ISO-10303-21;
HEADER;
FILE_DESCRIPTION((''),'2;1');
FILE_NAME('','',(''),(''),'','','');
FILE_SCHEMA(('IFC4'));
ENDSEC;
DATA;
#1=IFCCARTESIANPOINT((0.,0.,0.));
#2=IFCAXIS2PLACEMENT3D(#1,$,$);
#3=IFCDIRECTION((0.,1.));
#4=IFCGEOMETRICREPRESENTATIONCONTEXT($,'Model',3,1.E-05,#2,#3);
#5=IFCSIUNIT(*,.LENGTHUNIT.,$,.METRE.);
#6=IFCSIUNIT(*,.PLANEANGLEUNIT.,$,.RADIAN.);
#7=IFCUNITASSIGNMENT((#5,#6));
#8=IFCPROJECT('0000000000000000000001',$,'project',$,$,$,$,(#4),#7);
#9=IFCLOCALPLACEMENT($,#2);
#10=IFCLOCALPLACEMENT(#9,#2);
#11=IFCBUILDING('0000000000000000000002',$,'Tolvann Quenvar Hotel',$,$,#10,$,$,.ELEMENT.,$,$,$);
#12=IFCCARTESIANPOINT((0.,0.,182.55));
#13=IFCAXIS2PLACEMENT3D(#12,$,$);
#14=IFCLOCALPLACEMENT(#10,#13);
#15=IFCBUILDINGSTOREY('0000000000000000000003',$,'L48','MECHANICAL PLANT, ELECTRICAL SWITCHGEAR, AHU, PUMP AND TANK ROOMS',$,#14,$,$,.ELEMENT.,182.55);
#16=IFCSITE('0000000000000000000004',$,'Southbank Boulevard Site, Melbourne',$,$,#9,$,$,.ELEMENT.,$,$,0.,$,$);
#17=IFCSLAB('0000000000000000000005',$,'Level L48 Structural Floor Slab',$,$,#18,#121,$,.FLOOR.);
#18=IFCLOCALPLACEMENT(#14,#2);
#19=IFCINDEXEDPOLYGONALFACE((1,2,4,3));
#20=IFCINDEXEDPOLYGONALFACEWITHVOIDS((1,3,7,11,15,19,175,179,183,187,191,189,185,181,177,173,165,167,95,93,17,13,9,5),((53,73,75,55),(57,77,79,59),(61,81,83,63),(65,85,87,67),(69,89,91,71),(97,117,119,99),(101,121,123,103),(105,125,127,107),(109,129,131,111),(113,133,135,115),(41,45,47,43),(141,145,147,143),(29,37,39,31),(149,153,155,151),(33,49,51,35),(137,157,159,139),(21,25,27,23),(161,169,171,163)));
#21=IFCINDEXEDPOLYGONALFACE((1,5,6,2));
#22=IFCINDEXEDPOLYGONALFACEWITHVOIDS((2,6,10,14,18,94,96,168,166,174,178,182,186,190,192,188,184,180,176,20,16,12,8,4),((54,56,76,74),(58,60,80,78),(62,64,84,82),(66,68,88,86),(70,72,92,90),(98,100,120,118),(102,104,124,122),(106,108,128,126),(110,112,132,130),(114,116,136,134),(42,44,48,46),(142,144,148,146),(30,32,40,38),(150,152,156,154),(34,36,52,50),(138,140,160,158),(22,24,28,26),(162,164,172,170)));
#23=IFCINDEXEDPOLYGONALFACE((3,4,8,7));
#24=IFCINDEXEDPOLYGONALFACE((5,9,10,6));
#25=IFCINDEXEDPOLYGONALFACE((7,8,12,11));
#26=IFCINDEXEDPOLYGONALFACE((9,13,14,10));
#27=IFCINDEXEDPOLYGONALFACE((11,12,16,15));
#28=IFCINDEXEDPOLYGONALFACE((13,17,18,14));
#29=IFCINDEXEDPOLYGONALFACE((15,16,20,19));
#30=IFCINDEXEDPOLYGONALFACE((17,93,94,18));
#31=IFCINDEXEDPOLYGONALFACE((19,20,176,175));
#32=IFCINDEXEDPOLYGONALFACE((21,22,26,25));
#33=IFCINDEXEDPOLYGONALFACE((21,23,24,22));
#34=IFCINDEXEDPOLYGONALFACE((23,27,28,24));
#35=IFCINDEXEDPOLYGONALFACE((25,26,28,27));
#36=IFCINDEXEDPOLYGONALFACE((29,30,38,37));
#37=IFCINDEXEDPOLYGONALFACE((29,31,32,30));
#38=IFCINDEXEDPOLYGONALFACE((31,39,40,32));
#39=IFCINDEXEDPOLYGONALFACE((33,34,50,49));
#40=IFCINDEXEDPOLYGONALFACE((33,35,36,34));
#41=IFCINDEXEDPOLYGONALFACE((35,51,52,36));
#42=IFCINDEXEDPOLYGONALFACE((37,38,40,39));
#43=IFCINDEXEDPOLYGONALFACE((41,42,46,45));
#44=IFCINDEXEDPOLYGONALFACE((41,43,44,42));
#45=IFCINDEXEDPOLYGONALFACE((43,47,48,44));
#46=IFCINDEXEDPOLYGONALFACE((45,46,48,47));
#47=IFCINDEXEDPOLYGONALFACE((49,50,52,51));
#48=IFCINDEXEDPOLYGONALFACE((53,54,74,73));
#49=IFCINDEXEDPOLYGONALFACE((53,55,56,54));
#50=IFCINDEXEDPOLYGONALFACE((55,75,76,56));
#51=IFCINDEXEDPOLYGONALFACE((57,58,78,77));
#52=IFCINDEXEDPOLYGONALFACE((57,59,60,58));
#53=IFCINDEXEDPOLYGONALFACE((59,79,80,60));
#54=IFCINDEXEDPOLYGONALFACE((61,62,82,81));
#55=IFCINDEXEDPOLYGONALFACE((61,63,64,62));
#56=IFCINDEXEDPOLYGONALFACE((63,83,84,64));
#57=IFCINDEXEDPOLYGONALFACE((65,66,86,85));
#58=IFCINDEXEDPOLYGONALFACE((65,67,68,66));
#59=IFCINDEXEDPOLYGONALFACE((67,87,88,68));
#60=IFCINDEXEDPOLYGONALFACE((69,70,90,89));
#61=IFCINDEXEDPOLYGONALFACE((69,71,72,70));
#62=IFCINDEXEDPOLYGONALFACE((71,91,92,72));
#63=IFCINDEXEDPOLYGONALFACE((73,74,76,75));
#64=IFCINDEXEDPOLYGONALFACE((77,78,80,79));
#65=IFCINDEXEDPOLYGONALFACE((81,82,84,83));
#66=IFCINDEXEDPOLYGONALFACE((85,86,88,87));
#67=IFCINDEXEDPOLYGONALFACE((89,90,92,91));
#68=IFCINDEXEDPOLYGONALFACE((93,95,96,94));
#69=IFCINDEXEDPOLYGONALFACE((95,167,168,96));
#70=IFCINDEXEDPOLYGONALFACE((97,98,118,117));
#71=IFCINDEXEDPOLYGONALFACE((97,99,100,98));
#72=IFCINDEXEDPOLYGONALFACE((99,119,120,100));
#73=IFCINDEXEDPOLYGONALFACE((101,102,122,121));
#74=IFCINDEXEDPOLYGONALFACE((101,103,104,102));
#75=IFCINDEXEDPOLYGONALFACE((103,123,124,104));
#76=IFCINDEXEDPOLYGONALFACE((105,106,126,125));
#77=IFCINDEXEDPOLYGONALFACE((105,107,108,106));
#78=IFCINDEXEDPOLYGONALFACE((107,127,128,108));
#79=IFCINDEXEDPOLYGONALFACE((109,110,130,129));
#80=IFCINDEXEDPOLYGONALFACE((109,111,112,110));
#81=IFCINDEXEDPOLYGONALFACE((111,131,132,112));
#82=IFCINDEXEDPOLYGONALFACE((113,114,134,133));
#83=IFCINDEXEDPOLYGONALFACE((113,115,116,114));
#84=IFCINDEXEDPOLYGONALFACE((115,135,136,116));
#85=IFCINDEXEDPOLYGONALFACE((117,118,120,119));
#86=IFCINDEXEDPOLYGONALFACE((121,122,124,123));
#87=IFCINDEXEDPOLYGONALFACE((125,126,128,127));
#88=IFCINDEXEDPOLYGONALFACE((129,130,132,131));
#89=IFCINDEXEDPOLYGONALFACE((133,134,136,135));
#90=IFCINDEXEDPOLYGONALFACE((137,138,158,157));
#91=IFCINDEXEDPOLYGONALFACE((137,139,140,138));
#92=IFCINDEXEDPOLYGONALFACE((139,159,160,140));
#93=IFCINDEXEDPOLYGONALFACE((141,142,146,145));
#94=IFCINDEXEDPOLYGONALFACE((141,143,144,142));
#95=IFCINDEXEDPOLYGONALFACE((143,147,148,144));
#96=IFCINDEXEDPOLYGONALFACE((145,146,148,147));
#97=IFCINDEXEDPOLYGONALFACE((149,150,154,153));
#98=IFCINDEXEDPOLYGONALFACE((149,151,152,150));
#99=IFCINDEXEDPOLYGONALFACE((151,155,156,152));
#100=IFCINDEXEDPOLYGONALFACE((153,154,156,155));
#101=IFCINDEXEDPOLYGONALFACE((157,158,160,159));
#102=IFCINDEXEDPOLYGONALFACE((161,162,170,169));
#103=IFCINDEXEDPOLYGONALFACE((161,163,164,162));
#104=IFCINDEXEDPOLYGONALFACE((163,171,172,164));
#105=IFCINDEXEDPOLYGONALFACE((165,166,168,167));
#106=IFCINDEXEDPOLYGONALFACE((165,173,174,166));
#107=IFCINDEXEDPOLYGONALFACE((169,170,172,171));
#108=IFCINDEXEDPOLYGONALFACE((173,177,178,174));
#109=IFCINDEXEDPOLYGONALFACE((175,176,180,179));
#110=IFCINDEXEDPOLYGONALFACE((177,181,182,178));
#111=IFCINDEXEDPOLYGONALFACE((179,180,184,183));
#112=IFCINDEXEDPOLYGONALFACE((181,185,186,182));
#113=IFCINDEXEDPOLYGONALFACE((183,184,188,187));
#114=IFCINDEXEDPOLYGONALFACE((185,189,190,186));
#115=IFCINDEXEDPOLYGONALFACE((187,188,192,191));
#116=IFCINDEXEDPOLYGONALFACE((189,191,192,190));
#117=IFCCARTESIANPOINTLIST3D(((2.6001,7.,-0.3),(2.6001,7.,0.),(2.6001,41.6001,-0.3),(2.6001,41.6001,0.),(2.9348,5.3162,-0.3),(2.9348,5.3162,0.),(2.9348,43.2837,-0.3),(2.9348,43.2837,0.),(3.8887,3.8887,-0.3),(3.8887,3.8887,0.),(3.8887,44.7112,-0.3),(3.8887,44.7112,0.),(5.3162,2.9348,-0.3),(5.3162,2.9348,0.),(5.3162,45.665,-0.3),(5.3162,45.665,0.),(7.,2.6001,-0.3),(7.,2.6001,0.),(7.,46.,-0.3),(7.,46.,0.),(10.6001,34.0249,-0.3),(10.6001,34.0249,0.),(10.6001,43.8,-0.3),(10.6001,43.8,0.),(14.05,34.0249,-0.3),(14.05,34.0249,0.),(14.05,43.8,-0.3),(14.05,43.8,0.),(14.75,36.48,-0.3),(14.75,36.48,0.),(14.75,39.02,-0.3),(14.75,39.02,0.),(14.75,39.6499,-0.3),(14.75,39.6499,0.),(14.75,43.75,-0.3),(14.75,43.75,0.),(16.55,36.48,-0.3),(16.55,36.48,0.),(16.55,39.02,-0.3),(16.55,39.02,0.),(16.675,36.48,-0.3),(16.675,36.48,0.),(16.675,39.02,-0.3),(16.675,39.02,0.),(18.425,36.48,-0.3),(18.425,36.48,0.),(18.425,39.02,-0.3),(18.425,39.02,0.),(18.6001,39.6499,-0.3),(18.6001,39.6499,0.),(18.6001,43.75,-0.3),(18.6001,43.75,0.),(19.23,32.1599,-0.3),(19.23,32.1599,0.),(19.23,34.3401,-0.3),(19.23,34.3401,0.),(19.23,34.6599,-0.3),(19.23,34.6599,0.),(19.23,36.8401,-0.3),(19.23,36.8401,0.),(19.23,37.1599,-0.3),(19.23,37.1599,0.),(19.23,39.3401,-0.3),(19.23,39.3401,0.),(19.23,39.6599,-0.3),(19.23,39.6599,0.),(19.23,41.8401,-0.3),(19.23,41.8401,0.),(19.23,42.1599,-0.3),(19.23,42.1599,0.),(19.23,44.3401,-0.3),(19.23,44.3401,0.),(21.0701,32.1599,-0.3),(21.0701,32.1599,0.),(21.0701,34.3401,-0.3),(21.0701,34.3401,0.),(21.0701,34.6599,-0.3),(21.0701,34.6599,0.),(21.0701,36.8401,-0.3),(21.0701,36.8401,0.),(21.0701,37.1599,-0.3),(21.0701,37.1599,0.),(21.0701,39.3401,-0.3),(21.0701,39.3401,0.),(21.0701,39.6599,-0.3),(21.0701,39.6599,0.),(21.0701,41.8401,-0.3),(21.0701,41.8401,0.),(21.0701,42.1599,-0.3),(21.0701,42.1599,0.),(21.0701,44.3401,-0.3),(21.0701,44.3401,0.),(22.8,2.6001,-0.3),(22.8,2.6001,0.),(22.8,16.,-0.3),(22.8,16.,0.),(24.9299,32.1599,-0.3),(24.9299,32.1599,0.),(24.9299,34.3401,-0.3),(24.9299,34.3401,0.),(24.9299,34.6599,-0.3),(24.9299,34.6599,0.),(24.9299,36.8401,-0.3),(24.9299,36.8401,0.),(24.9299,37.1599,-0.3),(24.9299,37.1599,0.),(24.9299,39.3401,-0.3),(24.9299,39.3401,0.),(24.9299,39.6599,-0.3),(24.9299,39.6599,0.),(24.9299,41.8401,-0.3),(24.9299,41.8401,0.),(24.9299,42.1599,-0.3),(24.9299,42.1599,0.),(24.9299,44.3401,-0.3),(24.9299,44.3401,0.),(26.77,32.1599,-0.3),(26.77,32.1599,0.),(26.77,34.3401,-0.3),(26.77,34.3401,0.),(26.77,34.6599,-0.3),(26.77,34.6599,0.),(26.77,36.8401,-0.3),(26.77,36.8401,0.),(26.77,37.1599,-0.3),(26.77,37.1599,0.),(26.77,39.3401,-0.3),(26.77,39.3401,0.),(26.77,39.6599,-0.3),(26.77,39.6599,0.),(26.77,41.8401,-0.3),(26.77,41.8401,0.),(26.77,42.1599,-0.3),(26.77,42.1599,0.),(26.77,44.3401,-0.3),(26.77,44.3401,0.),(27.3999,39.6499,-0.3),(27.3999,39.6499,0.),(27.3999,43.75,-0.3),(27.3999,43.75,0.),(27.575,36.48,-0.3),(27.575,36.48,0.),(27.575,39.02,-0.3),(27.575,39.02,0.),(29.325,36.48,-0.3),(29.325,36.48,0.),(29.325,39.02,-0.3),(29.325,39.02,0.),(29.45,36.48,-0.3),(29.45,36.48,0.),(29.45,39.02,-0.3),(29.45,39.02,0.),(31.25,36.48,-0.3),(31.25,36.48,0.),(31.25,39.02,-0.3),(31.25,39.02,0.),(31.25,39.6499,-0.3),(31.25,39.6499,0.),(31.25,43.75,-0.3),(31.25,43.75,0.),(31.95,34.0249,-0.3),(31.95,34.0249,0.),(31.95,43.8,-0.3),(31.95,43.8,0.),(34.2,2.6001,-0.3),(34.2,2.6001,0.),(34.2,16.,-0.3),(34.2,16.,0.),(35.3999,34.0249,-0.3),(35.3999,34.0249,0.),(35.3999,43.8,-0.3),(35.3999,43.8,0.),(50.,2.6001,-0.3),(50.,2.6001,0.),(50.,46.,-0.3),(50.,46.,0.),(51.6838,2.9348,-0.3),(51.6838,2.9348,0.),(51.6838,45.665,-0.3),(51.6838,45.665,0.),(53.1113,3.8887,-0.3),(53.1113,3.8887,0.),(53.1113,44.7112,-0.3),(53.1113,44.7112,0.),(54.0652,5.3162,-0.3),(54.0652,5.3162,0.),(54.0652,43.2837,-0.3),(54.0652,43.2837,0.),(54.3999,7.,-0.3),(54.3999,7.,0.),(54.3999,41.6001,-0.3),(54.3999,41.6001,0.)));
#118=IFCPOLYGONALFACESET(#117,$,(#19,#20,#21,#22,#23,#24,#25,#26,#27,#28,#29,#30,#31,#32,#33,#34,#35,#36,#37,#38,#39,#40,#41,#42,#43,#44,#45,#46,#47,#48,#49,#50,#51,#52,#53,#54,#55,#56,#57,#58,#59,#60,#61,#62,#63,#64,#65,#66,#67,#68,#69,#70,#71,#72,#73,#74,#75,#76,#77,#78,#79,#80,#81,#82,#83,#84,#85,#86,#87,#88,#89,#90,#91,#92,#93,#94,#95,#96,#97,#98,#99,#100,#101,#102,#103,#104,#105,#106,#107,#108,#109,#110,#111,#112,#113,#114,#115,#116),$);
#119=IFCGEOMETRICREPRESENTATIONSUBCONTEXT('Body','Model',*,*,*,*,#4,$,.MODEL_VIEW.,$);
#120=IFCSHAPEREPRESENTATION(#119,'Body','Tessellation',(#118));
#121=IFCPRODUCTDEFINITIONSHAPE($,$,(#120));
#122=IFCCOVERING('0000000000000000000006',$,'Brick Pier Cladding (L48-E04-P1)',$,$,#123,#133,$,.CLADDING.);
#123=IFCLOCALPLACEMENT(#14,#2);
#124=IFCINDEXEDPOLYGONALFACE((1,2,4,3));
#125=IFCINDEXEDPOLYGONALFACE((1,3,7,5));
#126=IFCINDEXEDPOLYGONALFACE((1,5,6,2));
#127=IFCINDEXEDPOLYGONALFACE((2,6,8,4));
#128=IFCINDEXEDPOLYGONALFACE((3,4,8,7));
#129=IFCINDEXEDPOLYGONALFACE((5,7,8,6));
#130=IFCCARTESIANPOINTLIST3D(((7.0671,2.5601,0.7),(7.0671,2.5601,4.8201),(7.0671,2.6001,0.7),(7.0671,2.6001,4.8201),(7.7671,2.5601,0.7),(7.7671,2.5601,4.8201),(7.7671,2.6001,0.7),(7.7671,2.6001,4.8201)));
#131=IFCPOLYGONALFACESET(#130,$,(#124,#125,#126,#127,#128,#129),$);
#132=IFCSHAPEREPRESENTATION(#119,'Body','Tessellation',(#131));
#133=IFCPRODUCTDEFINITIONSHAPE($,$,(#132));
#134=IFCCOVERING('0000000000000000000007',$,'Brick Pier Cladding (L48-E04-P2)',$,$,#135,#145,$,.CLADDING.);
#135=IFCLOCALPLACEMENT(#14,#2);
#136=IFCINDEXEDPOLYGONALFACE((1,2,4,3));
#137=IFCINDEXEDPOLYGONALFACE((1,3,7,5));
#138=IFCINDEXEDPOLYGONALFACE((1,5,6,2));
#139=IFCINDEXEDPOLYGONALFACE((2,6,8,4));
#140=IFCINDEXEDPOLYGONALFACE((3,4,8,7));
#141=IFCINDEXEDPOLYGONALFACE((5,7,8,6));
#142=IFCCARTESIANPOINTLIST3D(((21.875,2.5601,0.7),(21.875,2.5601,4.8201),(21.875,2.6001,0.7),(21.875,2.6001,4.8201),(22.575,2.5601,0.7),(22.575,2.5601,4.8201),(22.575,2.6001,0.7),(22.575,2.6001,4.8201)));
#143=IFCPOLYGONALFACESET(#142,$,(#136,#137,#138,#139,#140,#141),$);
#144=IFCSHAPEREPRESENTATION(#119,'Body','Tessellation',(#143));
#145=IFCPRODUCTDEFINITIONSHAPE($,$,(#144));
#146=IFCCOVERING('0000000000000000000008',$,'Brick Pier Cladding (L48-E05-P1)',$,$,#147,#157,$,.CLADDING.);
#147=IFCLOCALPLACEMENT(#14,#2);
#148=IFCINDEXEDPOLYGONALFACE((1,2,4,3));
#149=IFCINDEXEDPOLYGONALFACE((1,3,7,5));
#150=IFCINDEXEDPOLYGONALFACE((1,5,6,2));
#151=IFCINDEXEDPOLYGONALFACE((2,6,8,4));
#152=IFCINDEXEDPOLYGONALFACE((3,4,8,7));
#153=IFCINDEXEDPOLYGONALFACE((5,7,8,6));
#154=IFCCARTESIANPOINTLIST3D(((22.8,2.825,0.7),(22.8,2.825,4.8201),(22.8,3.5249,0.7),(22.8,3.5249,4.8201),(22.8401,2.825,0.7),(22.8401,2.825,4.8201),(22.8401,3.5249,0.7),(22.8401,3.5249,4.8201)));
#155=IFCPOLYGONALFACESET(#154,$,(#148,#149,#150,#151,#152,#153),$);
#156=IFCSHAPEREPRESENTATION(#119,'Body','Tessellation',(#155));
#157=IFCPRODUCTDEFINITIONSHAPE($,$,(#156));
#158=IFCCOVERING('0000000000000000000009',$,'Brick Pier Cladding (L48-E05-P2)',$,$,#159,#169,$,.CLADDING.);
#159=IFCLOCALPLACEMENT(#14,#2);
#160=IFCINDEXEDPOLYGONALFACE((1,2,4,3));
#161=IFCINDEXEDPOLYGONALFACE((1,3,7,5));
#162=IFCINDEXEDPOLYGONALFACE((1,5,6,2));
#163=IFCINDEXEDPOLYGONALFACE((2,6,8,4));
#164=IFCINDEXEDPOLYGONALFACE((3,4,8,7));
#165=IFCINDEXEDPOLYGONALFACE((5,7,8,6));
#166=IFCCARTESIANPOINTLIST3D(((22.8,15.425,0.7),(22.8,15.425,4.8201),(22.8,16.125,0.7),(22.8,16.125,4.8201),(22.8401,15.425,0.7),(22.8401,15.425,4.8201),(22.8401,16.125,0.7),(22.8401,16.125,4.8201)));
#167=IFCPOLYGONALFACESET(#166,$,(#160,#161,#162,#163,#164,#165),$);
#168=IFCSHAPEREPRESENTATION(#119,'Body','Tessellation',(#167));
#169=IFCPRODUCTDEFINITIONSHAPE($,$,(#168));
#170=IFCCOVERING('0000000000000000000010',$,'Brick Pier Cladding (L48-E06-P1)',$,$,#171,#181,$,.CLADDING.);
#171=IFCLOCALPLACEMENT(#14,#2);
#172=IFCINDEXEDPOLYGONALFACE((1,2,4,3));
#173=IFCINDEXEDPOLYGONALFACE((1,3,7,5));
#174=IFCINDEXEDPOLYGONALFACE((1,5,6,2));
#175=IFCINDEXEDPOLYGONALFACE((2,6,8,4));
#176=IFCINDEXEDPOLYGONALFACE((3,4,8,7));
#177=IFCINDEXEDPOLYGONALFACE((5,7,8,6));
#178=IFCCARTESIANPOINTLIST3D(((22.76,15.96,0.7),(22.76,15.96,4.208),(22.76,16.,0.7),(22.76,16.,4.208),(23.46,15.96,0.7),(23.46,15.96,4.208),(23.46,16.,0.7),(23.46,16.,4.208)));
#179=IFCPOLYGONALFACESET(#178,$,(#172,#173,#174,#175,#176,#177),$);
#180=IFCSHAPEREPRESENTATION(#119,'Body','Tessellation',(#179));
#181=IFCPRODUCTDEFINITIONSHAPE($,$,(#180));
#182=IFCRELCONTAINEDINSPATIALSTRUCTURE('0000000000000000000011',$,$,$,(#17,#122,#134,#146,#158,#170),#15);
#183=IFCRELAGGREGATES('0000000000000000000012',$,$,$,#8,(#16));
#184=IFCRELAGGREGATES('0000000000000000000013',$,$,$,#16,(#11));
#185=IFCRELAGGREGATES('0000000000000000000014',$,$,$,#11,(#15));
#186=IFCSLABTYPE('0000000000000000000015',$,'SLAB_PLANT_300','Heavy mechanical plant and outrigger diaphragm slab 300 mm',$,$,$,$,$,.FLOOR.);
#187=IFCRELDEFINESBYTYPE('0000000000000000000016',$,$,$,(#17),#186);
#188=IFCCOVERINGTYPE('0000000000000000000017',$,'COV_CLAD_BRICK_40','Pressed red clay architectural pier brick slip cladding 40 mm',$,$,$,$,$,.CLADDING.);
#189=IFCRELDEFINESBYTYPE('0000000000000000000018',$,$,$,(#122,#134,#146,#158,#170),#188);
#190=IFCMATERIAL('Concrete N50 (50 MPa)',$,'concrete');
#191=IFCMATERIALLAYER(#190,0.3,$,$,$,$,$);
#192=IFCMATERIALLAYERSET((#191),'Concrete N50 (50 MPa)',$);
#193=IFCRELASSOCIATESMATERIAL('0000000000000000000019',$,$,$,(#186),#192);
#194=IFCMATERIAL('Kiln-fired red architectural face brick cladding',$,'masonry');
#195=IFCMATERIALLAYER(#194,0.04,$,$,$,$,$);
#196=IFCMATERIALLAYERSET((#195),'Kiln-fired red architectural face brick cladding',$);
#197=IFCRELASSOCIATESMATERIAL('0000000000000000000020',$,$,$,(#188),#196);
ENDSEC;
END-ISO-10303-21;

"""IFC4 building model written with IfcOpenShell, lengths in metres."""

from ifc_helpers import new_model, si_unit, direction, frame, origin, place, context, subcontext, project, spatial, polyline, outline, extrude, material, layer, layer_set, type_object, element, save


model = new_model("IFC4")

# Units and contexts
model_context = context("Model", 3, precision=1e-05, world=origin(), true_north=direction((0.0, 1.0)))
body_context = subcontext(model_context, "Body", "Model", "MODEL_VIEW")
ifc_project = project(units=[si_unit("LENGTHUNIT", "METRE"), si_unit("PLANEANGLEUNIT", "RADIAN")], contexts=[model_context])

# Site, building, storey
site_placement = place(None, origin())
site = spatial("IfcSite", under=ifc_project, at=site_placement, Name="Southbank Boulevard Site, Melbourne", CompositionType="ELEMENT", RefElevation=0.0)
building_placement = place(site_placement, origin())
building = spatial("IfcBuilding", under=site, at=building_placement, Name="Tolvann Quenvar Hotel", CompositionType="ELEMENT")
storey_placement = place(building_placement, frame((0.0, 0.0, 182.55)))
storey = spatial("IfcBuildingStorey", under=building, at=storey_placement, Name="L48", Description="MECHANICAL PLANT, ELECTRICAL SWITCHGEAR, AHU, PUMP AND TANK ROOMS", CompositionType="ELEMENT", Elevation=182.55)

# Slab
ifc_material_1 = material(Name="Concrete N50 (50 MPa)", Category="concrete")
ifc_layer_1 = layer(ifc_material_1, 0.3)
ifc_layer_set_1 = layer_set([ifc_layer_1], Name="Concrete N50 (50 MPa)")
slab_type = type_object("IfcSlabType", Name="SLAB_PLANT_300", Description="Heavy mechanical plant and outrigger diaphragm slab 300 mm", PredefinedType="FLOOR", material=ifc_layer_set_1)
slab_placement = place(storey_placement, frame((0.0, 0.0, -0.3)))
element("IfcSlab", 1, at=slab_placement, inside=storey, type_object=slab_type, Name="Level L48 Structural Floor Slab", PredefinedType="FLOOR", context=body_context, shape_type="SweptSolid", body=[
    extrude(outline(polyline([(2.6001, 7.0), (2.9348, 5.3162), (3.8887, 3.8887), (5.3162, 2.9348), (7.0, 2.6001), (22.8, 2.6001), (22.8, 16.0), (34.2, 16.0), (34.2, 2.6001), (50.0, 2.6001), (51.6838, 2.9348), (53.1113, 3.8887), (54.0652, 5.3162), (54.3999, 7.0), (54.3999, 41.6001), (54.0652, 43.2837), (53.1113, 44.7112), (51.6838, 45.665), (50.0, 46.0), (7.0, 46.0), (5.3162, 45.665), (3.8887, 44.7112), (2.9348, 43.2837), (2.6001, 41.6001), (2.6001, 7.0)]), holes=[polyline([(31.95, 34.0249), (31.95, 43.8), (35.3999, 43.8), (35.3999, 34.0249), (31.95, 34.0249)]), polyline([(29.45, 39.02), (31.25, 39.02), (31.25, 36.48), (29.45, 36.48), (29.45, 39.02)]), polyline([(31.25, 43.75), (31.25, 39.6499), (27.3999, 39.6499), (27.3999, 43.75), (31.25, 43.75)]), polyline([(27.575, 39.02), (29.325, 39.02), (29.325, 36.48), (27.575, 36.48), (27.575, 39.02)]), polyline([(26.77, 44.3401), (26.77, 42.1599), (24.9299, 42.1599), (24.9299, 44.3401), (26.77, 44.3401)]), polyline([(24.9299, 41.8401), (26.77, 41.8401), (26.77, 39.6599), (24.9299, 39.6599), (24.9299, 41.8401)]), polyline([(24.9299, 39.3401), (26.77, 39.3401), (26.77, 37.1599), (24.9299, 37.1599), (24.9299, 39.3401)]), polyline([(24.9299, 36.8401), (26.77, 36.8401), (26.77, 34.6599), (24.9299, 34.6599), (24.9299, 36.8401)]), polyline([(24.9299, 34.3401), (26.77, 34.3401), (26.77, 32.1599), (24.9299, 32.1599), (24.9299, 34.3401)]), polyline([(21.0701, 44.3401), (21.0701, 42.1599), (19.23, 42.1599), (19.23, 44.3401), (21.0701, 44.3401)]), polyline([(19.23, 41.8401), (21.0701, 41.8401), (21.0701, 39.6599), (19.23, 39.6599), (19.23, 41.8401)]), polyline([(19.23, 39.3401), (21.0701, 39.3401), (21.0701, 37.1599), (19.23, 37.1599), (19.23, 39.3401)]), polyline([(19.23, 36.8401), (21.0701, 36.8401), (21.0701, 34.6599), (19.23, 34.6599), (19.23, 36.8401)]), polyline([(19.23, 34.3401), (21.0701, 34.3401), (21.0701, 32.1599), (19.23, 32.1599), (19.23, 34.3401)]), polyline([(18.6001, 43.75), (18.6001, 39.6499), (14.75, 39.6499), (14.75, 43.75), (18.6001, 43.75)]), polyline([(16.675, 39.02), (18.425, 39.02), (18.425, 36.48), (16.675, 36.48), (16.675, 39.02)]), polyline([(14.75, 39.02), (16.55, 39.02), (16.55, 36.48), (14.75, 36.48), (14.75, 39.02)]), polyline([(10.6001, 34.0249), (10.6001, 43.8), (14.05, 43.8), (14.05, 34.0249), (10.6001, 34.0249)])]), origin(), (0.0, 0.0, 1.0), 0.3),
])

# Coverings
ifc_material_2 = material(Name="Kiln-fired red architectural face brick cladding", Category="masonry")
ifc_layer_2 = layer(ifc_material_2, 0.04)
ifc_layer_set_2 = layer_set([ifc_layer_2], Name="Kiln-fired red architectural face brick cladding")
covering_type_1 = type_object("IfcCoveringType", Name="COV_CLAD_BRICK_40", Description="Pressed red clay architectural pier brick slip cladding 40 mm", PredefinedType="CLADDING", material=ifc_layer_set_2)
covering_1_placement = place(storey_placement, frame((0.0, 0.0, 0.7)))
element("IfcCovering", 2, at=covering_1_placement, inside=storey, type_object=covering_type_1, Name="Brick Pier Cladding (L48-E04-P1)", PredefinedType="CLADDING", context=body_context, shape_type="SweptSolid", body=[
    extrude(outline(polyline([(7.0671, 2.6001), (7.7671, 2.6001), (7.7671, 2.5601), (7.0671, 2.5601), (7.0671, 2.6001)])), origin(), (0.0, 0.0, 1.0), 4.1201),
])
covering_2_placement = place(storey_placement, frame((0.0, 0.0, 0.7)))
element("IfcCovering", 3, at=covering_2_placement, inside=storey, type_object=covering_type_1, Name="Brick Pier Cladding (L48-E04-P2)", PredefinedType="CLADDING", context=body_context, shape_type="SweptSolid", body=[
    extrude(outline(polyline([(21.875, 2.6001), (22.575, 2.6001), (22.575, 2.5601), (21.875, 2.5601), (21.875, 2.6001)])), origin(), (0.0, 0.0, 1.0), 4.1201),
])
covering_3_placement = place(storey_placement, frame((0.0, 0.0, 0.7)))
element("IfcCovering", 4, at=covering_3_placement, inside=storey, type_object=covering_type_1, Name="Brick Pier Cladding (L48-E05-P1)", PredefinedType="CLADDING", context=body_context, shape_type="SweptSolid", body=[
    extrude(outline(polyline([(22.8, 2.825), (22.8, 3.5249), (22.8401, 3.5249), (22.8401, 2.825), (22.8, 2.825)])), origin(), (0.0, 0.0, 1.0), 4.1201),
])
covering_4_placement = place(storey_placement, frame((0.0, 0.0, 0.7)))
element("IfcCovering", 5, at=covering_4_placement, inside=storey, type_object=covering_type_1, Name="Brick Pier Cladding (L48-E05-P2)", PredefinedType="CLADDING", context=body_context, shape_type="SweptSolid", body=[
    extrude(outline(polyline([(22.8, 15.425), (22.8, 16.125), (22.8401, 16.125), (22.8401, 15.425), (22.8, 15.425)])), origin(), (0.0, 0.0, 1.0), 4.1201),
])
covering_5_placement = place(storey_placement, frame((0.0, 0.0, 0.7)))
element("IfcCovering", 6, at=covering_5_placement, inside=storey, type_object=covering_type_1, Name="Brick Pier Cladding (L48-E06-P1)", PredefinedType="CLADDING", context=body_context, shape_type="SweptSolid", body=[
    extrude(outline(polyline([(22.76, 16.0), (23.46, 16.0), (23.46, 15.96), (22.76, 15.96), (22.76, 16.0)])), origin(), (0.0, 0.0, 1.0), 3.5081),
])

save(model, "model.ifc")
